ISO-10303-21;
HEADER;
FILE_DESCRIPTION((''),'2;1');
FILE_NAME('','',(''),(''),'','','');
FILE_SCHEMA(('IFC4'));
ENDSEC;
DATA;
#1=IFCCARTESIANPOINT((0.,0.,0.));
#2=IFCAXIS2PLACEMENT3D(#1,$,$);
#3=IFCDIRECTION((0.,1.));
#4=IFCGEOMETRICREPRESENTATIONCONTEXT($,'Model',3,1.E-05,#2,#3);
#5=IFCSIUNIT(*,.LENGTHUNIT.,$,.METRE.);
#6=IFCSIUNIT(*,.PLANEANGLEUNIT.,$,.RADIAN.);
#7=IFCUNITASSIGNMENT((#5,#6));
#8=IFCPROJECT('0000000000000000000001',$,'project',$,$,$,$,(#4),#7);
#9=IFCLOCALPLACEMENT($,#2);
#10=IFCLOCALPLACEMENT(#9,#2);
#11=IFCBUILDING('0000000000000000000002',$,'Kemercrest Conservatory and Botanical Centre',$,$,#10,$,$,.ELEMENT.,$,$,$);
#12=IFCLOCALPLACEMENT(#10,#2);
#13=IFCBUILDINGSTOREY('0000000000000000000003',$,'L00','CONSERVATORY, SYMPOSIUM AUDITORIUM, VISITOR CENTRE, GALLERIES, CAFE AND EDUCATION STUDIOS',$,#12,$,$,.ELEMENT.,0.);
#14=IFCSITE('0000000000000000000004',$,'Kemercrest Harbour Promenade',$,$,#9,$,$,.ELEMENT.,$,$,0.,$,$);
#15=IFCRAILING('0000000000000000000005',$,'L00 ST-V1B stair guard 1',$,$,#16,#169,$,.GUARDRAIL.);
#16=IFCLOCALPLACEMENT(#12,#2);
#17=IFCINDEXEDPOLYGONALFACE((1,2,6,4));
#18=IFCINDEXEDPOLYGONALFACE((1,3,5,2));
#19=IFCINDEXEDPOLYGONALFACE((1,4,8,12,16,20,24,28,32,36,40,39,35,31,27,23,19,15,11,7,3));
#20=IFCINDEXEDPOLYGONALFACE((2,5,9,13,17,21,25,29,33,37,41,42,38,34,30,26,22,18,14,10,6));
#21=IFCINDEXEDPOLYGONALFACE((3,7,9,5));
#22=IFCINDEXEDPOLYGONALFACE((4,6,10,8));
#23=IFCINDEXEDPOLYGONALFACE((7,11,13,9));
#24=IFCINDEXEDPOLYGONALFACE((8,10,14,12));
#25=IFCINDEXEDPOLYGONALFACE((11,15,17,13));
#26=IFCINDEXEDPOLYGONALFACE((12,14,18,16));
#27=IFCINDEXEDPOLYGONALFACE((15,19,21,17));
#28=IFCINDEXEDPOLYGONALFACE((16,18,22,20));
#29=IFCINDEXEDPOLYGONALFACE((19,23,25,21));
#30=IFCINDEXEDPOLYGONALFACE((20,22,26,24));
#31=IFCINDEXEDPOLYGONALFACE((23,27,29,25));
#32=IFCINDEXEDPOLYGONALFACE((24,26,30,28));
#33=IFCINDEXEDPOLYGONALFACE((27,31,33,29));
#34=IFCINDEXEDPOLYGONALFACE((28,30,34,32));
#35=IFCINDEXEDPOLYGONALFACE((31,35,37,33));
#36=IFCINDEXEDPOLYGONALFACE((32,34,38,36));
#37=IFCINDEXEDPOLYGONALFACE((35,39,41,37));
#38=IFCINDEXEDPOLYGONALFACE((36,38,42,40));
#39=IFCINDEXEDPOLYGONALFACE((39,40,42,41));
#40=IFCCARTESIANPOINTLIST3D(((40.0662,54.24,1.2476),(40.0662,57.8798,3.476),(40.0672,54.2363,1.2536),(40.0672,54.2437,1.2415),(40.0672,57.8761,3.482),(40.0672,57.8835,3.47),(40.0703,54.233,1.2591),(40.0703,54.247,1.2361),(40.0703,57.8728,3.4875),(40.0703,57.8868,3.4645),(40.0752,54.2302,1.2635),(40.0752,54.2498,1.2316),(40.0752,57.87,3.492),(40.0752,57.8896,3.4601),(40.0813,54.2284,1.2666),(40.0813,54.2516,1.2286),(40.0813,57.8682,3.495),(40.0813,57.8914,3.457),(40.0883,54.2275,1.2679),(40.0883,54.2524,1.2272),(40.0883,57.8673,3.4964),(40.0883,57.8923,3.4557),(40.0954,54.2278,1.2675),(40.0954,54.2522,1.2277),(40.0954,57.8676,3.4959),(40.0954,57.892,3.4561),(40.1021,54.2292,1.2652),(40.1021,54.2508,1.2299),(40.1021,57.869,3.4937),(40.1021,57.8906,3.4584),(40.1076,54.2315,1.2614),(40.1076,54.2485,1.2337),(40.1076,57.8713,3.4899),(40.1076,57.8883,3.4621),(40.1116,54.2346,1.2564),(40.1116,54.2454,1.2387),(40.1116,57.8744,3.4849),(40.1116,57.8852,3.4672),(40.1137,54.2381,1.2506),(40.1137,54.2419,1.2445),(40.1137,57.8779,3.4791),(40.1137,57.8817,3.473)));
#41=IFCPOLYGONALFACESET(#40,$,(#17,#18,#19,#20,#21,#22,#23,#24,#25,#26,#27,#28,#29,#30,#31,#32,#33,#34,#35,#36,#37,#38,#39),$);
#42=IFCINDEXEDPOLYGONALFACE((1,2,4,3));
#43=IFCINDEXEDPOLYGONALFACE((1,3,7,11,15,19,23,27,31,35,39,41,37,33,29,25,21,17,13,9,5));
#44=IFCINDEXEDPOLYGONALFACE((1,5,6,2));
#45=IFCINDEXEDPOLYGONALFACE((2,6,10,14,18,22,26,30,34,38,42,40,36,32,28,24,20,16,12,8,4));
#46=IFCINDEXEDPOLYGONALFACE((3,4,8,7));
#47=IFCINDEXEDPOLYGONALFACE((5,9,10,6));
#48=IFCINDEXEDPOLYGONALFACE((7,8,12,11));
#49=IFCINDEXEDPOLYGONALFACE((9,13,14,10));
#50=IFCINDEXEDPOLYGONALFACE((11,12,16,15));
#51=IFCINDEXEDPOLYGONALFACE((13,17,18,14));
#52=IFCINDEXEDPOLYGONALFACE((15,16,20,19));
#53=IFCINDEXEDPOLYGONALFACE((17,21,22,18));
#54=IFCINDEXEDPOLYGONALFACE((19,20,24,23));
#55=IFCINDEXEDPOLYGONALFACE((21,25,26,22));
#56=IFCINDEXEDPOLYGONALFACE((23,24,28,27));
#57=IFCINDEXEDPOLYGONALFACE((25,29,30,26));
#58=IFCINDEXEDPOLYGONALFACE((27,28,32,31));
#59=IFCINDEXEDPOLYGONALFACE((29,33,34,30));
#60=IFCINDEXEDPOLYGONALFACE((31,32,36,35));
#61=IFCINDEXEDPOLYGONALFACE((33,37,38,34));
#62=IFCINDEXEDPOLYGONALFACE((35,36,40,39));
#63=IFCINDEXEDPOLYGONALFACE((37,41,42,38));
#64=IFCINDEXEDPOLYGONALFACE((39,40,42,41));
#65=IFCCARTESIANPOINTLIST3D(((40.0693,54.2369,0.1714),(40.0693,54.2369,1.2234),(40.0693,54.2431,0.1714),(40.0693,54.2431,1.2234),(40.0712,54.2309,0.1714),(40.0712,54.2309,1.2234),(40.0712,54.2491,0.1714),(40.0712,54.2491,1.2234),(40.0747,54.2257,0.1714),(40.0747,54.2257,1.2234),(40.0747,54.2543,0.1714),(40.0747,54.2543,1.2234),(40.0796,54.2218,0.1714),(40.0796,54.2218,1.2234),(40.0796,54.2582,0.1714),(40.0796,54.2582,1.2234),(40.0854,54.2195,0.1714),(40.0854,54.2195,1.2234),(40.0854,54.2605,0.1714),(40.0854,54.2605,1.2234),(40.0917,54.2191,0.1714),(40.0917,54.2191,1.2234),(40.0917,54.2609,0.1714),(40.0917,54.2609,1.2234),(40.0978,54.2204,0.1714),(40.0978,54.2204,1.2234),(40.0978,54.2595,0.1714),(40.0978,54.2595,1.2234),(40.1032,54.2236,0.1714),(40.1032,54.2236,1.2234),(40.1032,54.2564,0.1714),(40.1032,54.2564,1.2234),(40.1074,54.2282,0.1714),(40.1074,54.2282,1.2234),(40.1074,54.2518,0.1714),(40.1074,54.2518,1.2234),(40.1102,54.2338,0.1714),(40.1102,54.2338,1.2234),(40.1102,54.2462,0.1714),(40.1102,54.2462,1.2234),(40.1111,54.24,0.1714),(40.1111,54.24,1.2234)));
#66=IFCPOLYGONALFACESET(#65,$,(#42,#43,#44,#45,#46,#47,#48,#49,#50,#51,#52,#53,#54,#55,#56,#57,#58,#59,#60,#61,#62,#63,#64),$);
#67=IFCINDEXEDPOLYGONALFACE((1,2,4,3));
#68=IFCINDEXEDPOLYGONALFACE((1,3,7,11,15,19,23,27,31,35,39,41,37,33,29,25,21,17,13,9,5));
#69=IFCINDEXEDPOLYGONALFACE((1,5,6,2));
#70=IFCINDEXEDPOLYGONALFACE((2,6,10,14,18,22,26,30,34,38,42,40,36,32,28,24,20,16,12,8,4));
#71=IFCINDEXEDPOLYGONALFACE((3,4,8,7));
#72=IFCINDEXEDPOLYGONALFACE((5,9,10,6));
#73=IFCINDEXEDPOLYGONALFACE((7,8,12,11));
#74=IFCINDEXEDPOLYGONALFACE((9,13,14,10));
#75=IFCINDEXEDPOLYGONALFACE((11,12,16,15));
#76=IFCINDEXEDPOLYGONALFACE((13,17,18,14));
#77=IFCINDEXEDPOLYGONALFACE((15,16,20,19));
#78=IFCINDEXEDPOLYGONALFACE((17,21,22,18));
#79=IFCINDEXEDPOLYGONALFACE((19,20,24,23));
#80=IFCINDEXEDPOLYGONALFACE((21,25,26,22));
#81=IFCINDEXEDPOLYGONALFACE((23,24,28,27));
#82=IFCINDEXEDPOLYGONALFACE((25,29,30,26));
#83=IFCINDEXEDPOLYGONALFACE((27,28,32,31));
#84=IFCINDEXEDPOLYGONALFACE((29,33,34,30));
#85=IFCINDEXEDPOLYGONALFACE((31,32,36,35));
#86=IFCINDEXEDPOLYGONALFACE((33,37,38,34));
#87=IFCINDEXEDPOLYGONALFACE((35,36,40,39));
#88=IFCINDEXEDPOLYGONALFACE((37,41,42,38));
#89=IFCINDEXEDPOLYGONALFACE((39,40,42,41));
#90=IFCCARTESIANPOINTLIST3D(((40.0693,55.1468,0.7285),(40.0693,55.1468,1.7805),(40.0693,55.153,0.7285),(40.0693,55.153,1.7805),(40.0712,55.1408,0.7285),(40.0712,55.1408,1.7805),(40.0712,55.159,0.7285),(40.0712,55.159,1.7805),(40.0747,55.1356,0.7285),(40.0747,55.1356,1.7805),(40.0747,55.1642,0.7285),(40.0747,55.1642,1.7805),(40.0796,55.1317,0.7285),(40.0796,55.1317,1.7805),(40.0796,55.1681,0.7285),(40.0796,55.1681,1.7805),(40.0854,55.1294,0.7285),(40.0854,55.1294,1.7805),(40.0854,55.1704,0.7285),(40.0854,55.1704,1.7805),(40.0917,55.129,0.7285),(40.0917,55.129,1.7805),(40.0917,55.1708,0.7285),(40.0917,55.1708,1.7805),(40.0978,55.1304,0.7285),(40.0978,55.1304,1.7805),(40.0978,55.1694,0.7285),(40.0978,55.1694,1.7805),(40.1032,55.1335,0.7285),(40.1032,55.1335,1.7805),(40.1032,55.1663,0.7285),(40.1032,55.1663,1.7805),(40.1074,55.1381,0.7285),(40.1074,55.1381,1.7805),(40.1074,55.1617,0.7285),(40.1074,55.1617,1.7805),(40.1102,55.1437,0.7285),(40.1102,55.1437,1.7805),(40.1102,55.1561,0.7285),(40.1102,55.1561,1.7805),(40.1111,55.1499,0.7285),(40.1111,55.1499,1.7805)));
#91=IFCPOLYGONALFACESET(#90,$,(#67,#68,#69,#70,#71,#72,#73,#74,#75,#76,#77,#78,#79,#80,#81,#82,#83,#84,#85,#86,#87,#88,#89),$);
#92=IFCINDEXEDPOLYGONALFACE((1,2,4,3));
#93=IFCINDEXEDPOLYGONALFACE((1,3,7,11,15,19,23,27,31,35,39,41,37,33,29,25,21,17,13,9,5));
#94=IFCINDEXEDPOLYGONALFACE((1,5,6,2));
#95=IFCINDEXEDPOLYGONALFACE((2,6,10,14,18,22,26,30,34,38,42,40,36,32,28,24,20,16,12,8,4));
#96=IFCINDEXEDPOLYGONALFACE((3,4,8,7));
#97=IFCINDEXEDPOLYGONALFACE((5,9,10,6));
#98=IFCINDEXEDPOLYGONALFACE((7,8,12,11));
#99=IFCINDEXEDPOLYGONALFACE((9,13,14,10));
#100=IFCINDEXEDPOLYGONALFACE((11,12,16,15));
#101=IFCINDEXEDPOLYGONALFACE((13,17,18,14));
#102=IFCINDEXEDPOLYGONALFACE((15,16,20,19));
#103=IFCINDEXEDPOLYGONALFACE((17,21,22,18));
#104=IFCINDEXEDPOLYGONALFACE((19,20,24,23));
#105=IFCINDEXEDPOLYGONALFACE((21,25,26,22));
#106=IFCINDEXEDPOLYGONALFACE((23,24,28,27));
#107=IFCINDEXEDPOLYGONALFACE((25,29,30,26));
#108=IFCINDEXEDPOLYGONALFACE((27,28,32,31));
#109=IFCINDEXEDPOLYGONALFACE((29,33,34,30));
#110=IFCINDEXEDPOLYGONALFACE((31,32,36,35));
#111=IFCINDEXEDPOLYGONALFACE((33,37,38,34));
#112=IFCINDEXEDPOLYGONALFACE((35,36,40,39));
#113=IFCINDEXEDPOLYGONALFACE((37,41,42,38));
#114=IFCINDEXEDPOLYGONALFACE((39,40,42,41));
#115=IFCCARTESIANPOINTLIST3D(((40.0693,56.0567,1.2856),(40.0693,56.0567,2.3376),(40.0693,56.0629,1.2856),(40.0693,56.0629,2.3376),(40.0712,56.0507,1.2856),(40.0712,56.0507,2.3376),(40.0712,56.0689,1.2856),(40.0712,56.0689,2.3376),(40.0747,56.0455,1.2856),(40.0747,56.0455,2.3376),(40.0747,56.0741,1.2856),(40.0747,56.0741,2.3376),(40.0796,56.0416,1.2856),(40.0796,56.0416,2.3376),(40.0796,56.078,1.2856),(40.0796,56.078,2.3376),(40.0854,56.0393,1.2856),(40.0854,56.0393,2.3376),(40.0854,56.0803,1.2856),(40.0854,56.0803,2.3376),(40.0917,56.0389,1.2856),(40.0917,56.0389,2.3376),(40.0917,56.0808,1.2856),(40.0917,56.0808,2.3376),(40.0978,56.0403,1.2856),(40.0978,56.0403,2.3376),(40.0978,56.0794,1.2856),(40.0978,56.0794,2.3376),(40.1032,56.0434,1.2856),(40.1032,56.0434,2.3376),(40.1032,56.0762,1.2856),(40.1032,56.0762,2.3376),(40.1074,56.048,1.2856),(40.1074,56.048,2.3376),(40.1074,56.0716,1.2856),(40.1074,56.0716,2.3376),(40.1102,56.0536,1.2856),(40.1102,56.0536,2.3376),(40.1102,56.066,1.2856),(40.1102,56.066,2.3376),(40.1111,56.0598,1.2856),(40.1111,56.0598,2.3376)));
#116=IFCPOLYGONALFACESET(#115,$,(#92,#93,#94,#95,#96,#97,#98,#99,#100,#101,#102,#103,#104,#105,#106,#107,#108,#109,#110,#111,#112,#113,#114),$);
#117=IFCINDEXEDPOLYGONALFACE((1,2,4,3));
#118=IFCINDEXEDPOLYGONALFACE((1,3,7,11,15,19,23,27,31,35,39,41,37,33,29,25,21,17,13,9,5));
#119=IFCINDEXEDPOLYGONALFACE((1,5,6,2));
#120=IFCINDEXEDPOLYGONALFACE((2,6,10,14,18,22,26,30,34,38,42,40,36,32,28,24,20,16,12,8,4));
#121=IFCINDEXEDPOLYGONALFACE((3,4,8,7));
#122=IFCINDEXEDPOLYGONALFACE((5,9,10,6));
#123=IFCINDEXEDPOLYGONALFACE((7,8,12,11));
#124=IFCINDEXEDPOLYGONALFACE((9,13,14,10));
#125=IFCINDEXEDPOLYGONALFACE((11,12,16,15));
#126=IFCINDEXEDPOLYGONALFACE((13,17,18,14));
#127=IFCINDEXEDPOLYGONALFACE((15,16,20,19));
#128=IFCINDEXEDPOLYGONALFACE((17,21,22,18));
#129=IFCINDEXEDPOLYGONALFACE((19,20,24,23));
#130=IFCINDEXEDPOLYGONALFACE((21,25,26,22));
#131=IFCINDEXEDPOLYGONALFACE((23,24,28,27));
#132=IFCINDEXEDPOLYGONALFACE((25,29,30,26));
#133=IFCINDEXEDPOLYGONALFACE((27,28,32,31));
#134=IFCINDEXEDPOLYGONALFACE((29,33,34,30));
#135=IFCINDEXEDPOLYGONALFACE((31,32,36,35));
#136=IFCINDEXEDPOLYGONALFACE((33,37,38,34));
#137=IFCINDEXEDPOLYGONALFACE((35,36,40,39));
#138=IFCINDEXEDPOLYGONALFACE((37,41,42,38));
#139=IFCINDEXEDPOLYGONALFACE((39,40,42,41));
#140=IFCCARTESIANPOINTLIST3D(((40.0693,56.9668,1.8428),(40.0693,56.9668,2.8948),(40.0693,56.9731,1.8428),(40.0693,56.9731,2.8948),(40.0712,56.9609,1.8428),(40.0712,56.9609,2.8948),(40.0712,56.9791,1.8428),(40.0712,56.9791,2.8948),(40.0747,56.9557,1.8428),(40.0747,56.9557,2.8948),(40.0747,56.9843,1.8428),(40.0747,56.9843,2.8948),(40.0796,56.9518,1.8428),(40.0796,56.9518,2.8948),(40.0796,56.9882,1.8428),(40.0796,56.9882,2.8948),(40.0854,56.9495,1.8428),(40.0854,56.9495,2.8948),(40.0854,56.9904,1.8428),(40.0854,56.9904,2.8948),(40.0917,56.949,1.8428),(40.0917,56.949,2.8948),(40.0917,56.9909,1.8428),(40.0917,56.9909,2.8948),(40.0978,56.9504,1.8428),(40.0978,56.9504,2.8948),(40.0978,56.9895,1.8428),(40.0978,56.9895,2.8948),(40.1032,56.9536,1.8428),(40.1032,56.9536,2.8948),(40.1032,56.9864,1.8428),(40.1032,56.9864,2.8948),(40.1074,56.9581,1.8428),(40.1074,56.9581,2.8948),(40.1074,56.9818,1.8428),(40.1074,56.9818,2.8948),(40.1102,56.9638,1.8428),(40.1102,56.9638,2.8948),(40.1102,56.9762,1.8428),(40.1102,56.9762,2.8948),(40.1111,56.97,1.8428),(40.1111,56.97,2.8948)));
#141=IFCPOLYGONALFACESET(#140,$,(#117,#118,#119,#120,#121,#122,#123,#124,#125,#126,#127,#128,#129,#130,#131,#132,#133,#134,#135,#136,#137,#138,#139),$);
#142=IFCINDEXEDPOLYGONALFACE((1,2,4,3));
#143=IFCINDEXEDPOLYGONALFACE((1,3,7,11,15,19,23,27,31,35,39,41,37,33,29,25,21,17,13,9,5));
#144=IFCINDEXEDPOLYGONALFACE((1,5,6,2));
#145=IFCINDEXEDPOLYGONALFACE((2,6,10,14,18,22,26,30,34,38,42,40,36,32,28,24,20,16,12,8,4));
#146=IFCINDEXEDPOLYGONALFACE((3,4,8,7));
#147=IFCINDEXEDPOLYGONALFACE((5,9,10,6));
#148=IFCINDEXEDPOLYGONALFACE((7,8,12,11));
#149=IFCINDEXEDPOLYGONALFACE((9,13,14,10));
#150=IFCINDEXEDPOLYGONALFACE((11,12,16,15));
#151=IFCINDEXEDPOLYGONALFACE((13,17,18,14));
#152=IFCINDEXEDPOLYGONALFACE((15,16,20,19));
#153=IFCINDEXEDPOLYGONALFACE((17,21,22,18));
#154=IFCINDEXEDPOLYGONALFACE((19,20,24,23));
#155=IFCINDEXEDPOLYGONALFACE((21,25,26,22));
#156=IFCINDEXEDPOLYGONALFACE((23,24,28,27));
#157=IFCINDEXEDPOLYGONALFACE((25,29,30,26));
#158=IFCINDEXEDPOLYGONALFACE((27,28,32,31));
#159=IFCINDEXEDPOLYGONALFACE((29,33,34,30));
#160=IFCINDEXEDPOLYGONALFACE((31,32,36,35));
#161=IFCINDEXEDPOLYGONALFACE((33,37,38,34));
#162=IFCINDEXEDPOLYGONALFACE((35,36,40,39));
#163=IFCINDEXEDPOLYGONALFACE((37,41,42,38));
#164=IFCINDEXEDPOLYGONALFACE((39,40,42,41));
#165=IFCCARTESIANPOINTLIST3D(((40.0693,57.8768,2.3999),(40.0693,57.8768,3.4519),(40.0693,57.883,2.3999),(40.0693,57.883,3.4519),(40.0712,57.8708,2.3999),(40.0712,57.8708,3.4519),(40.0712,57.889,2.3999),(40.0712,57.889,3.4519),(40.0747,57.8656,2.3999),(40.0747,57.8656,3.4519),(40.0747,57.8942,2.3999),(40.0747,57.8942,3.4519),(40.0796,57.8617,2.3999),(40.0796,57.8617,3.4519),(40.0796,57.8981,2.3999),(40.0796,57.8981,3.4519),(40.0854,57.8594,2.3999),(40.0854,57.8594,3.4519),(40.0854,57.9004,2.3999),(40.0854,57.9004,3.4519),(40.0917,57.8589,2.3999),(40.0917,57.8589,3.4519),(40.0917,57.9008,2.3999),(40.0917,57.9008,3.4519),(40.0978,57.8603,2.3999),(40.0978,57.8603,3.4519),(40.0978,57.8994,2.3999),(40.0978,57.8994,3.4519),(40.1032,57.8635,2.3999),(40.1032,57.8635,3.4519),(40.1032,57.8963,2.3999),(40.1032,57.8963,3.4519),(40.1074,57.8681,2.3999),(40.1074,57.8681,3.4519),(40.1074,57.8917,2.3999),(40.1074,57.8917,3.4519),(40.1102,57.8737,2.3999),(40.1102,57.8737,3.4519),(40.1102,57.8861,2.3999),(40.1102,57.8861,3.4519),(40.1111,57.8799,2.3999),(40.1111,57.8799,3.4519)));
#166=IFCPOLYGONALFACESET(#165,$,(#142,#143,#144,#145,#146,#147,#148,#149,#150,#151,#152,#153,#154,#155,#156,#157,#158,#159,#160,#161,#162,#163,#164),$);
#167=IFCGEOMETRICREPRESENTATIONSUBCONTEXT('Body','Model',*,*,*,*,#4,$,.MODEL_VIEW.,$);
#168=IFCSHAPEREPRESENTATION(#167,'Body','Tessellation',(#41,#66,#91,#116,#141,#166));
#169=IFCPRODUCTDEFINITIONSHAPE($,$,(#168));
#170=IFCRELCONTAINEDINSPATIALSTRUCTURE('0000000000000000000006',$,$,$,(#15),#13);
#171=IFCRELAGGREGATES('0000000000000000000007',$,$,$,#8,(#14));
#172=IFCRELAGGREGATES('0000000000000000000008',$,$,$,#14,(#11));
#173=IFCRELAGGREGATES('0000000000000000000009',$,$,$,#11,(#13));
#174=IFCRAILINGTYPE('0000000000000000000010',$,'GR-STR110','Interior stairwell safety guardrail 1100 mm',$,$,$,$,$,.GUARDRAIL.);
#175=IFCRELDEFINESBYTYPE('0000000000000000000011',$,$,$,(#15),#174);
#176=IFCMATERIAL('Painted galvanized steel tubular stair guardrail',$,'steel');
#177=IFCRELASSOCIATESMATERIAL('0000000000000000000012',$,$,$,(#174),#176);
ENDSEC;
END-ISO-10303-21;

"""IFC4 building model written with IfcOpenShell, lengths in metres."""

from ifc_helpers import new_model, si_unit, direction, frame, origin, origin_2d, place, context, subcontext, project, spatial, circle, extrude, material, type_object, element, save


model = new_model("IFC4")

# Units and contexts
model_context = context("Model", 3, precision=1e-05, world=origin(), true_north=direction((0.0, 1.0)))
body_context = subcontext(model_context, "Body", "Model", "MODEL_VIEW")
ifc_project = project(units=[si_unit("LENGTHUNIT", "METRE"), si_unit("PLANEANGLEUNIT", "RADIAN")], contexts=[model_context])

# Site, building, storey
site_placement = place(None, origin())
site = spatial("IfcSite", under=ifc_project, at=site_placement, Name="Kemercrest Harbour Promenade", CompositionType="ELEMENT", RefElevation=0.0)
building_placement = place(site_placement, origin())
building = spatial("IfcBuilding", under=site, at=building_placement, Name="Kemercrest Conservatory and Botanical Centre", CompositionType="ELEMENT")
storey_placement = place(building_placement, origin())
storey = spatial("IfcBuildingStorey", under=building, at=storey_placement, Name="L00", Description="CONSERVATORY, SYMPOSIUM AUDITORIUM, VISITOR CENTRE, GALLERIES, CAFE AND EDUCATION STUDIOS", CompositionType="ELEMENT", Elevation=0.0)

# Railing
ifc_material_1 = material(Name="Painted galvanized steel tubular stair guardrail", Category="steel")
railing_type_1 = type_object("IfcRailingType", Name="GR-STR110", Description="Interior stairwell safety guardrail 1100 mm", PredefinedType="GUARDRAIL", material=ifc_material_1)
railing_1_placement = place(storey_placement, frame((40.0901, 54.24, 0.1714)))
element("IfcRailing", 1, at=railing_1_placement, inside=storey, type_object=railing_type_1, Name="L00 ST-V1B stair guard 1", PredefinedType="GUARDRAIL", context=body_context, shape_type="SweptSolid", body=[
    extrude(circle(Radius=0.0239, at=origin_2d()), frame((0.0, 0.0, 1.0762), z_axis=(0.0, 0.85285, 0.522156), x_axis=(-1.0, 0.0, 0.0)), (0.0, 0.0, 1.0), 4.2678),
    extrude(circle(Radius=0.021, at=origin_2d()), origin(), (0.0, 0.0, 1.0), 1.052),
    extrude(circle(Radius=0.021, at=origin_2d()), frame((0.0, 0.9099, 0.5571)), (0.0, 0.0, 1.0), 1.052),
    extrude(circle(Radius=0.021, at=origin_2d()), frame((0.0, 1.8198, 1.1143)), (0.0, 0.0, 1.0), 1.052),
    extrude(circle(Radius=0.021, at=origin_2d()), frame((0.0, 2.73, 1.6714)), (0.0, 0.0, 1.0), 1.052),
    extrude(circle(Radius=0.021, at=origin_2d()), frame((0.0, 3.6399, 2.2285)), (0.0, 0.0, 1.0), 1.052),
])

save(model, "model.ifc")
